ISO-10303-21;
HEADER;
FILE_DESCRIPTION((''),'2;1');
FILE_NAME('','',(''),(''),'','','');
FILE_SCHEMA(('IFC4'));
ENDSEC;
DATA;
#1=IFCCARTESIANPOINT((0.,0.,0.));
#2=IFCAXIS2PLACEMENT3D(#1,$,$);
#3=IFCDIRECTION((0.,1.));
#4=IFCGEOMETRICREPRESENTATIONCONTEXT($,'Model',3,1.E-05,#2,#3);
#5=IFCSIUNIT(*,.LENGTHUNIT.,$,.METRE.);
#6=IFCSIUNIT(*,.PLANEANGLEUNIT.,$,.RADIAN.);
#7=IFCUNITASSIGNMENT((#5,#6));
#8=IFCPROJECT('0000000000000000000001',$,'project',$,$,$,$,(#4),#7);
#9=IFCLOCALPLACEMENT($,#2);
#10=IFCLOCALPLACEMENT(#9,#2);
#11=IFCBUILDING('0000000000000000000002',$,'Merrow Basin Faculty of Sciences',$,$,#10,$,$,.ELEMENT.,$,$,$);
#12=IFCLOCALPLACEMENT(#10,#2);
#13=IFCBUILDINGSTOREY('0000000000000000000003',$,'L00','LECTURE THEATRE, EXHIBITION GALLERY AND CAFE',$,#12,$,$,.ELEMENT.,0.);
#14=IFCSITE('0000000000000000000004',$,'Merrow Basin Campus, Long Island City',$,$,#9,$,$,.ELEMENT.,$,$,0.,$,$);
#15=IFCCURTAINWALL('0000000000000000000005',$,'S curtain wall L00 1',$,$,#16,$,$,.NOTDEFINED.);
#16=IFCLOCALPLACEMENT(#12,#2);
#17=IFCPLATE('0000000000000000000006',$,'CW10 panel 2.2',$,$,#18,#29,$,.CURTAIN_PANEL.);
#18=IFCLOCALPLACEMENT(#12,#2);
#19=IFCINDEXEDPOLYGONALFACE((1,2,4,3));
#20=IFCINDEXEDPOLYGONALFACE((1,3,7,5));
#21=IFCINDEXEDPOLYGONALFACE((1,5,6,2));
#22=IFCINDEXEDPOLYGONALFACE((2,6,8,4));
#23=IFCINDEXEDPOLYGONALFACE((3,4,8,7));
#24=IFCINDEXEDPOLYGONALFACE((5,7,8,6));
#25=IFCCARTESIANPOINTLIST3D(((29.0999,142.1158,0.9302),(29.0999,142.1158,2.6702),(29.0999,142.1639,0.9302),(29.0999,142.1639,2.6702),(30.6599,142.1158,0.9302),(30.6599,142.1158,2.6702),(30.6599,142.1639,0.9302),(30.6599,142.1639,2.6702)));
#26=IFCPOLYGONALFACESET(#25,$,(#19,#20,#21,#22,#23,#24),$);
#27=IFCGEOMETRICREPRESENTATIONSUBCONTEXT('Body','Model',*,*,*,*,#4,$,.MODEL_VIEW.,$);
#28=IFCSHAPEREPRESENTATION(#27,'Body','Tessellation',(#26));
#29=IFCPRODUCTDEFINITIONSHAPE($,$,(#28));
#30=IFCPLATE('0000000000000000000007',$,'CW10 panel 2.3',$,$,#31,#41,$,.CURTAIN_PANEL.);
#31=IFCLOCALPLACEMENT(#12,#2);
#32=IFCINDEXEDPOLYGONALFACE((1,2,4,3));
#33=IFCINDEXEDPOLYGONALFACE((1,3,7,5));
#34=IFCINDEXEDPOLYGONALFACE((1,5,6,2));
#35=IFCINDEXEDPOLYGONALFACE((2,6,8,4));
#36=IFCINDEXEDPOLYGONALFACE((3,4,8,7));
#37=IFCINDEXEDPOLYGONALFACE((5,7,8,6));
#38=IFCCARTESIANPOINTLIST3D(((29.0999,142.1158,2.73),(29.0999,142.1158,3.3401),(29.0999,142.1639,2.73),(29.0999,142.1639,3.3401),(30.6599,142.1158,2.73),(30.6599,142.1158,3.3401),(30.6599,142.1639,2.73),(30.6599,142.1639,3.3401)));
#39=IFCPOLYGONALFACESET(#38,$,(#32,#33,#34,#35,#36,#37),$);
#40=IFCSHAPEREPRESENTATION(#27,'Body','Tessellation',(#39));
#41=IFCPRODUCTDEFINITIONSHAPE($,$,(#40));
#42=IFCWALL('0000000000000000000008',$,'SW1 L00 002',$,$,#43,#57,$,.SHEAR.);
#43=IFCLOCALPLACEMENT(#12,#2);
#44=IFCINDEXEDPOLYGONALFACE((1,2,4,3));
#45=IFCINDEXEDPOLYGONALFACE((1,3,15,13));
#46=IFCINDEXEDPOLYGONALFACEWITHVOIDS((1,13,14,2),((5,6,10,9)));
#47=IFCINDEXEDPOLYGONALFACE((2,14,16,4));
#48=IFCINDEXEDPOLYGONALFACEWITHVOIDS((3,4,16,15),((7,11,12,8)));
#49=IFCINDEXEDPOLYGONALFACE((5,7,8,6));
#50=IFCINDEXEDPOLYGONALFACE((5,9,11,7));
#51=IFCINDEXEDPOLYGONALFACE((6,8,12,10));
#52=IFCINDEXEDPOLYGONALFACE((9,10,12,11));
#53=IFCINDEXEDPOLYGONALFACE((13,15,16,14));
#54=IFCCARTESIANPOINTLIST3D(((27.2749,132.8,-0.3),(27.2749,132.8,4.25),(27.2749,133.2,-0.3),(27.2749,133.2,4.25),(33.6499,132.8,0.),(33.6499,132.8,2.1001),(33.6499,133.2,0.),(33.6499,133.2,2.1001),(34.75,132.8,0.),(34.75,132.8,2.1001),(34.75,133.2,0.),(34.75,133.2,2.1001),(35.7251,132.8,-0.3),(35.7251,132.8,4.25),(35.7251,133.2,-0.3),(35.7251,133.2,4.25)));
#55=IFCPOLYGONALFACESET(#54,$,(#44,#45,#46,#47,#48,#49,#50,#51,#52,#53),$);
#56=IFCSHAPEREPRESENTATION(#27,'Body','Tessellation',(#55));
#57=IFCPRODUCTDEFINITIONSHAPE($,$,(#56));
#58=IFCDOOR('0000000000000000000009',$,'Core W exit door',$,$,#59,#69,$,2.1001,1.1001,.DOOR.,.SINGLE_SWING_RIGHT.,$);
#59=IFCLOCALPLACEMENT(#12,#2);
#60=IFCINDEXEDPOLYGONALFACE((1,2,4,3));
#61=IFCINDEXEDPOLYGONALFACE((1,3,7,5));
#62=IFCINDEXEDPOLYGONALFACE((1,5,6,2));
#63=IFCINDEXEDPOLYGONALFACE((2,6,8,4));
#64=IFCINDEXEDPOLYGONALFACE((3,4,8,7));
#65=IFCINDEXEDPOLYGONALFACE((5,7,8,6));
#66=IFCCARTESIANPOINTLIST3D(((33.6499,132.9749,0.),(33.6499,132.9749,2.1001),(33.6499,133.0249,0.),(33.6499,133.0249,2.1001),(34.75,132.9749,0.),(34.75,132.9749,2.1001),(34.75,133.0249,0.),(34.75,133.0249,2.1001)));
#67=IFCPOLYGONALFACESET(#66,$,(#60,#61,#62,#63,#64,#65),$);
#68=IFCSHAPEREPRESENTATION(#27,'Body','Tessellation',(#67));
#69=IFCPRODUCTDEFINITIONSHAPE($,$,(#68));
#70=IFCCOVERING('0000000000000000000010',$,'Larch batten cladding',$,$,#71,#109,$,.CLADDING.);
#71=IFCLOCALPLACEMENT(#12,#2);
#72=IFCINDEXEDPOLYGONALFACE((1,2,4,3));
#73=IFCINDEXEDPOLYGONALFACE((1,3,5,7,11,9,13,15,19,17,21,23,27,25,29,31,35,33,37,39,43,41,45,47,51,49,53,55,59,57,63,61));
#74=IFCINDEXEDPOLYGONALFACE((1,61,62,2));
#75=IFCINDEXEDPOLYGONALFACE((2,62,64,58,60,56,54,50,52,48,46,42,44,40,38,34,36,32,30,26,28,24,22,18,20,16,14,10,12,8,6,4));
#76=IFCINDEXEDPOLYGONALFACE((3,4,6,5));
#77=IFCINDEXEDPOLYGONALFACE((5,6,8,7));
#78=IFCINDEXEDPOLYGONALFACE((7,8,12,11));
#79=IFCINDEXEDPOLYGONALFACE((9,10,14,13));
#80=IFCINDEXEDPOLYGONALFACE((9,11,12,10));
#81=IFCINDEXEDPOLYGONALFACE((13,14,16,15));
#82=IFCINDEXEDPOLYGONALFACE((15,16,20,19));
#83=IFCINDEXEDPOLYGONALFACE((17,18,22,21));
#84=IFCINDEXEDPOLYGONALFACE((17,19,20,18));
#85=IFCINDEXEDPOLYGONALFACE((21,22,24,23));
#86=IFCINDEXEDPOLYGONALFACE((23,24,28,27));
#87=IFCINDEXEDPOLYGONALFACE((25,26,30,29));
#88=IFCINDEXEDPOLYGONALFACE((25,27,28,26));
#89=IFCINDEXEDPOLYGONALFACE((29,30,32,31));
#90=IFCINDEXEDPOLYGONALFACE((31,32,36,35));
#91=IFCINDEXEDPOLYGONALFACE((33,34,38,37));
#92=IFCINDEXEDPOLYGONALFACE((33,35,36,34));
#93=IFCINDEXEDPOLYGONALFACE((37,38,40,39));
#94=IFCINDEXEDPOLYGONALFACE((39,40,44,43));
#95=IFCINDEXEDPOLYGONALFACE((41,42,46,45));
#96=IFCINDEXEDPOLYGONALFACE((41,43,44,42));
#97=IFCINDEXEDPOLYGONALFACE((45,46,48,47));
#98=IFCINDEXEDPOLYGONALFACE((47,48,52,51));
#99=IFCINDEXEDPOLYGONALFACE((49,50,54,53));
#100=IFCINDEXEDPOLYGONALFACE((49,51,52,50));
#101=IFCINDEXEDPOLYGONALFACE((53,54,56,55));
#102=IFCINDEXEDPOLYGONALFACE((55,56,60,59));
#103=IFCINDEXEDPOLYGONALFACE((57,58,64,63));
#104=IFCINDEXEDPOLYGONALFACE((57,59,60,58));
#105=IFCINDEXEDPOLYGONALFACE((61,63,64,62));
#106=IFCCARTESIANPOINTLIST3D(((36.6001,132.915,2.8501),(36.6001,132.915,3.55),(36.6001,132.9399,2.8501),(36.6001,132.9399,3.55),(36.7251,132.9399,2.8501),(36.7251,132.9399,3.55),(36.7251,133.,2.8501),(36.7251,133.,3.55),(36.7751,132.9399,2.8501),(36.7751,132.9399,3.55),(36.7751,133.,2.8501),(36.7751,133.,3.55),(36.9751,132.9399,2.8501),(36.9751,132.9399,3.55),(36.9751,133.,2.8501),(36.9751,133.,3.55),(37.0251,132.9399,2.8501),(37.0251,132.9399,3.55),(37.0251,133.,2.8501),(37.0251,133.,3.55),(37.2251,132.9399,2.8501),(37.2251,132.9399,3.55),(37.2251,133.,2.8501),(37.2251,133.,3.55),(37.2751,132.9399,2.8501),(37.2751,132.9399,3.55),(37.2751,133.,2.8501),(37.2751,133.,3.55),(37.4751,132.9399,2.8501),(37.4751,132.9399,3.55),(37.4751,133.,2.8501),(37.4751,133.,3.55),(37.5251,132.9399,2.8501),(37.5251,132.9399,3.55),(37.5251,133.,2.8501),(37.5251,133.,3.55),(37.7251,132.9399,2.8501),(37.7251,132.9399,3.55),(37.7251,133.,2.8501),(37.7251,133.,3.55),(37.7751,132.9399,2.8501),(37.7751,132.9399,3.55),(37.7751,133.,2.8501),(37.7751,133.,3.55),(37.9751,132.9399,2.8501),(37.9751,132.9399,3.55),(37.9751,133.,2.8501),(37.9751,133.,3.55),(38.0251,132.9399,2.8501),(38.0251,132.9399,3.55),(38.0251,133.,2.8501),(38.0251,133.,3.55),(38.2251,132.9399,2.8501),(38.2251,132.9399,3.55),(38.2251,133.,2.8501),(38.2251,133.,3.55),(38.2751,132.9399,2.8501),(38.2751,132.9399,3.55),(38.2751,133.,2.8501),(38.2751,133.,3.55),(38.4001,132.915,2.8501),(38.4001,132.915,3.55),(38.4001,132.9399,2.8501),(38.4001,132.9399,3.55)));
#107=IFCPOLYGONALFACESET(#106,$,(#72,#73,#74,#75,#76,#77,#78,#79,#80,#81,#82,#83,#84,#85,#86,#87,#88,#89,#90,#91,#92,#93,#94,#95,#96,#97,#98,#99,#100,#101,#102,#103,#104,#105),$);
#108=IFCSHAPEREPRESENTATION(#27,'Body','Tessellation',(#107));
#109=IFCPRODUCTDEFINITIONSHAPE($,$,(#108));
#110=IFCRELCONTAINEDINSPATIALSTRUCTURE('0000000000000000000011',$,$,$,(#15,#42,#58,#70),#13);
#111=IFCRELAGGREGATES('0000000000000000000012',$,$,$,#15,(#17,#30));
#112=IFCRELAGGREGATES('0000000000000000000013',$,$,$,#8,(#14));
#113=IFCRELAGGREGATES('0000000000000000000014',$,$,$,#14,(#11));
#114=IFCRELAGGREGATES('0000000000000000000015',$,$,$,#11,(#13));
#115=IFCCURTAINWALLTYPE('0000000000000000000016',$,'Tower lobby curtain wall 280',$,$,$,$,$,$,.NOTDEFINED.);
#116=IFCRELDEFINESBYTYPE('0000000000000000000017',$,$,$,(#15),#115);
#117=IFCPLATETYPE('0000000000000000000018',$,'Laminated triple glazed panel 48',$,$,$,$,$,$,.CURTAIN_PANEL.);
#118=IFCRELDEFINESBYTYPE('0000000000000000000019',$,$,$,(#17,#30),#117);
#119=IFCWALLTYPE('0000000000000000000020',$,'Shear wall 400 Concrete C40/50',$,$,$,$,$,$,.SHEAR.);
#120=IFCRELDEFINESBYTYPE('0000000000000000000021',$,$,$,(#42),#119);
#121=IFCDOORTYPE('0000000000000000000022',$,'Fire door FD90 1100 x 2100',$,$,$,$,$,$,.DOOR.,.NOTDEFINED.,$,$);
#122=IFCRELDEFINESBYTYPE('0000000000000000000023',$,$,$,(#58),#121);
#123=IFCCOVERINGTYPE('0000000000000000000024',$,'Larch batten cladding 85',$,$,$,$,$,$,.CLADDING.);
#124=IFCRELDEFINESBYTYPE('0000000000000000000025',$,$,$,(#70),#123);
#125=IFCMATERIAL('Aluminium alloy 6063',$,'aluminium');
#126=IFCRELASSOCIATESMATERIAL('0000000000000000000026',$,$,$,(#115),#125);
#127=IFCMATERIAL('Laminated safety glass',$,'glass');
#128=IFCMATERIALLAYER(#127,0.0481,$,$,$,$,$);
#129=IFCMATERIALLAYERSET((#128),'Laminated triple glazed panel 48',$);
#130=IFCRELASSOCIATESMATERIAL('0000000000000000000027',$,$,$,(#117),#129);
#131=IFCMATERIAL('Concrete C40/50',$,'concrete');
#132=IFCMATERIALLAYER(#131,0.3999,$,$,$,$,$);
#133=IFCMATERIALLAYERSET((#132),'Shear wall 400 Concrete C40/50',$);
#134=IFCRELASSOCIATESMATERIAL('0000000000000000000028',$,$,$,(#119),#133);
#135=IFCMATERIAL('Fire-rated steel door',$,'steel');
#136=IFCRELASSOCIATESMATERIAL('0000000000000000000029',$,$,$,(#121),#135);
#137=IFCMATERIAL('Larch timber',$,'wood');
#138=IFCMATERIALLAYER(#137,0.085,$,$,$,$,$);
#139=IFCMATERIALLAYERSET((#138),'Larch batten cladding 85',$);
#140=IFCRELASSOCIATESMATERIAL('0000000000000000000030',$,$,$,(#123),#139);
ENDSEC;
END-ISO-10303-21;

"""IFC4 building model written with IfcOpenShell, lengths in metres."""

from ifc_helpers import new_model, si_unit, direction, frame, frame_2d, origin, origin_2d, place, context, subcontext, project, spatial, polyline, rectangle, outline, extrude, source, transform, mapped, material, layer, layer_set, type_object, element, fill, aggregate, save


model = new_model("IFC4")

# Units and contexts
model_context = context("Model", 3, precision=1e-05, world=origin(), true_north=direction((0.0, 1.0)))
body_context = subcontext(model_context, "Body", "Model", "MODEL_VIEW")
ifc_project = project(units=[si_unit("LENGTHUNIT", "METRE"), si_unit("PLANEANGLEUNIT", "RADIAN")], contexts=[model_context])

# Site, building, storey
site_placement = place(None, origin())
site = spatial("IfcSite", under=ifc_project, at=site_placement, Name="Merrow Basin Campus, Long Island City", CompositionType="ELEMENT", RefElevation=0.0)
building_placement = place(site_placement, origin())
building = spatial("IfcBuilding", under=site, at=building_placement, Name="Merrow Basin Faculty of Sciences", CompositionType="ELEMENT")
storey_placement = place(building_placement, origin())
storey = spatial("IfcBuildingStorey", under=building, at=storey_placement, Name="L00", Description="LECTURE THEATRE, EXHIBITION GALLERY AND CAFE", CompositionType="ELEMENT", Elevation=0.0)

# Curtain wall, plates
ifc_material_1 = material(Name="Aluminium alloy 6063", Category="aluminium")
curtain_wall_type = type_object("IfcCurtainWallType", Name="Tower lobby curtain wall 280", PredefinedType="NOTDEFINED", material=ifc_material_1)
curtain_wall_placement = place(storey_placement, origin())
curtain_wall = element("IfcCurtainWall", 1, at=curtain_wall_placement, inside=storey, type_object=curtain_wall_type, Name="S curtain wall L00 1", PredefinedType="NOTDEFINED")
ifc_material_2 = material(Name="Laminated safety glass", Category="glass")
ifc_layer_1 = layer(ifc_material_2, 0.0481)
ifc_layer_set_1 = layer_set([ifc_layer_1], Name="Laminated triple glazed panel 48")
plate_type_1 = type_object("IfcPlateType", Name="Laminated triple glazed panel 48", PredefinedType="CURTAIN_PANEL", material=ifc_layer_set_1)
plate_1_placement = place(storey_placement, frame((29.8799, 142.1399, 0.9302), z_axis=(0.0, 0.0, 1.0), x_axis=(1.0, 0.0, 0.0)))
plate_1 = element("IfcPlate", 2, at=plate_1_placement, type_object=plate_type_1, Name="CW10 panel 2.2", PredefinedType="CURTAIN_PANEL", context=body_context, shape_type="SweptSolid", body=[
    extrude(rectangle(XDim=1.5601, YDim=0.0481, at=origin_2d()), origin(), (0.0, 0.0, 1.0), 1.74),
])
plate_2_placement = place(storey_placement, frame((29.8799, 142.1399, 2.73), z_axis=(0.0, 0.0, 1.0), x_axis=(1.0, 0.0, 0.0)))
plate_2 = element("IfcPlate", 3, at=plate_2_placement, type_object=plate_type_1, Name="CW10 panel 2.3", PredefinedType="CURTAIN_PANEL", context=body_context, shape_type="SweptSolid", body=[
    extrude(rectangle(XDim=1.5601, YDim=0.0481, at=origin_2d()), origin(), (0.0, 0.0, 1.0), 0.6101),
])
aggregate(curtain_wall, [plate_1, plate_2])

# Wall, opening, door
ifc_material_3 = material(Name="Concrete C40/50", Category="concrete")
ifc_layer_2 = layer(ifc_material_3, 0.3999)
ifc_layer_set_2 = layer_set([ifc_layer_2], Name="Shear wall 400 Concrete C40/50")
wall_type = type_object("IfcWallType", Name="Shear wall 400 Concrete C40/50", PredefinedType="SHEAR", material=ifc_layer_set_2)
wall_placement = place(storey_placement, frame((27.2749, 133.0, -0.3), z_axis=(0.0, 0.0, 1.0), x_axis=(1.0, 0.0, 0.0)))
wall = element("IfcWall", 4, at=wall_placement, inside=storey, type_object=wall_type, Name="SW1 L00 002", PredefinedType="SHEAR", context=body_context, shape_type="SweptSolid", body=[
    extrude(rectangle(XDim=8.4502, YDim=0.3999, at=frame_2d((4.2251, 0.0))), origin(), (0.0, 0.0, 1.0), 4.55),
])
opening_placement = place(wall_placement, frame((6.375, 0.0, 0.3)))
opening = element("IfcOpeningElement", 5, at=opening_placement, cuts=wall, PredefinedType="OPENING", context=body_context, shape_type="SweptSolid", body=[
    extrude(rectangle(XDim=1.1001, YDim=2.1001, at=frame_2d((0.55, 1.05))), frame((0.0, 0.21, 0.0), z_axis=(0.0, -1.0, 0.0), x_axis=(1.0, 0.0, 0.0)), (0.0, 0.0, 1.0), 0.4199),
])
ifc_material_4 = material(Name="Fire-rated steel door", Category="steel")
door_type = type_object("IfcDoorType", Name="Fire door FD90 1100 x 2100", OperationType="NOTDEFINED", PredefinedType="DOOR", material=ifc_material_4)
door_placement = place(opening_placement, origin())
door = element("IfcDoor", 6, at=door_placement, inside=storey, type_object=door_type, Name="Core W exit door", OperationType="SINGLE_SWING_RIGHT", OverallHeight=2.1001, OverallWidth=1.1001, PredefinedType="DOOR", context=body_context, shape_type="SweptSolid", body=[
    extrude(rectangle(XDim=1.1001, YDim=2.1001, at=frame_2d((0.55, 1.05))), frame((0.0, 0.0249, 0.0), z_axis=(0.0, -1.0, 0.0), x_axis=(1.0, 0.0, 0.0)), (0.0, 0.0, 1.0), 0.05),
])
fill(opening, door)

# Covering
ifc_material_5 = material(Name="Larch timber", Category="wood")
ifc_layer_3 = layer(ifc_material_5, 0.085)
ifc_layer_set_3 = layer_set([ifc_layer_3], Name="Larch batten cladding 85")
covering_type = type_object("IfcCoveringType", Name="Larch batten cladding 85", PredefinedType="CLADDING", material=ifc_layer_set_3)
shared_shape = source(origin(), body_context, "Body", "SweptSolid", [
    extrude(outline(polyline([(0.0, 0.0), (1.8, 0.0), (1.8, 0.0249), (1.675, 0.0249), (1.675, 0.085), (1.625, 0.085), (1.625, 0.0249), (1.425, 0.0249), (1.425, 0.085), (1.375, 0.085), (1.375, 0.0249), (1.175, 0.0249), (1.175, 0.085), (1.125, 0.085), (1.125, 0.0249), (0.925, 0.0249), (0.925, 0.085), (0.875, 0.085), (0.875, 0.0249), (0.675, 0.0249), (0.675, 0.085), (0.625, 0.085), (0.625, 0.0249), (0.425, 0.0249), (0.425, 0.085), (0.375, 0.085), (0.375, 0.0249), (0.175, 0.0249), (0.175, 0.085), (0.125, 0.085), (0.125, 0.0249), (0.0, 0.0249), (0.0, 0.0)])), origin(), (0.0, 0.0, 1.0), 0.7),
])
covering_placement = place(storey_placement, frame((36.6001, 132.915, 2.8501), z_axis=(0.0, 0.0, 1.0), x_axis=(1.0, 0.0, 0.0)))
element("IfcCovering", 7, at=covering_placement, inside=storey, type_object=covering_type, Name="Larch batten cladding", PredefinedType="CLADDING", context=body_context, shape_type="MappedRepresentation", body=[
    mapped(shared_shape, transform((0.0, 0.0, 0.0), scale=1.0)),
])

save(model, "model.ifc")
